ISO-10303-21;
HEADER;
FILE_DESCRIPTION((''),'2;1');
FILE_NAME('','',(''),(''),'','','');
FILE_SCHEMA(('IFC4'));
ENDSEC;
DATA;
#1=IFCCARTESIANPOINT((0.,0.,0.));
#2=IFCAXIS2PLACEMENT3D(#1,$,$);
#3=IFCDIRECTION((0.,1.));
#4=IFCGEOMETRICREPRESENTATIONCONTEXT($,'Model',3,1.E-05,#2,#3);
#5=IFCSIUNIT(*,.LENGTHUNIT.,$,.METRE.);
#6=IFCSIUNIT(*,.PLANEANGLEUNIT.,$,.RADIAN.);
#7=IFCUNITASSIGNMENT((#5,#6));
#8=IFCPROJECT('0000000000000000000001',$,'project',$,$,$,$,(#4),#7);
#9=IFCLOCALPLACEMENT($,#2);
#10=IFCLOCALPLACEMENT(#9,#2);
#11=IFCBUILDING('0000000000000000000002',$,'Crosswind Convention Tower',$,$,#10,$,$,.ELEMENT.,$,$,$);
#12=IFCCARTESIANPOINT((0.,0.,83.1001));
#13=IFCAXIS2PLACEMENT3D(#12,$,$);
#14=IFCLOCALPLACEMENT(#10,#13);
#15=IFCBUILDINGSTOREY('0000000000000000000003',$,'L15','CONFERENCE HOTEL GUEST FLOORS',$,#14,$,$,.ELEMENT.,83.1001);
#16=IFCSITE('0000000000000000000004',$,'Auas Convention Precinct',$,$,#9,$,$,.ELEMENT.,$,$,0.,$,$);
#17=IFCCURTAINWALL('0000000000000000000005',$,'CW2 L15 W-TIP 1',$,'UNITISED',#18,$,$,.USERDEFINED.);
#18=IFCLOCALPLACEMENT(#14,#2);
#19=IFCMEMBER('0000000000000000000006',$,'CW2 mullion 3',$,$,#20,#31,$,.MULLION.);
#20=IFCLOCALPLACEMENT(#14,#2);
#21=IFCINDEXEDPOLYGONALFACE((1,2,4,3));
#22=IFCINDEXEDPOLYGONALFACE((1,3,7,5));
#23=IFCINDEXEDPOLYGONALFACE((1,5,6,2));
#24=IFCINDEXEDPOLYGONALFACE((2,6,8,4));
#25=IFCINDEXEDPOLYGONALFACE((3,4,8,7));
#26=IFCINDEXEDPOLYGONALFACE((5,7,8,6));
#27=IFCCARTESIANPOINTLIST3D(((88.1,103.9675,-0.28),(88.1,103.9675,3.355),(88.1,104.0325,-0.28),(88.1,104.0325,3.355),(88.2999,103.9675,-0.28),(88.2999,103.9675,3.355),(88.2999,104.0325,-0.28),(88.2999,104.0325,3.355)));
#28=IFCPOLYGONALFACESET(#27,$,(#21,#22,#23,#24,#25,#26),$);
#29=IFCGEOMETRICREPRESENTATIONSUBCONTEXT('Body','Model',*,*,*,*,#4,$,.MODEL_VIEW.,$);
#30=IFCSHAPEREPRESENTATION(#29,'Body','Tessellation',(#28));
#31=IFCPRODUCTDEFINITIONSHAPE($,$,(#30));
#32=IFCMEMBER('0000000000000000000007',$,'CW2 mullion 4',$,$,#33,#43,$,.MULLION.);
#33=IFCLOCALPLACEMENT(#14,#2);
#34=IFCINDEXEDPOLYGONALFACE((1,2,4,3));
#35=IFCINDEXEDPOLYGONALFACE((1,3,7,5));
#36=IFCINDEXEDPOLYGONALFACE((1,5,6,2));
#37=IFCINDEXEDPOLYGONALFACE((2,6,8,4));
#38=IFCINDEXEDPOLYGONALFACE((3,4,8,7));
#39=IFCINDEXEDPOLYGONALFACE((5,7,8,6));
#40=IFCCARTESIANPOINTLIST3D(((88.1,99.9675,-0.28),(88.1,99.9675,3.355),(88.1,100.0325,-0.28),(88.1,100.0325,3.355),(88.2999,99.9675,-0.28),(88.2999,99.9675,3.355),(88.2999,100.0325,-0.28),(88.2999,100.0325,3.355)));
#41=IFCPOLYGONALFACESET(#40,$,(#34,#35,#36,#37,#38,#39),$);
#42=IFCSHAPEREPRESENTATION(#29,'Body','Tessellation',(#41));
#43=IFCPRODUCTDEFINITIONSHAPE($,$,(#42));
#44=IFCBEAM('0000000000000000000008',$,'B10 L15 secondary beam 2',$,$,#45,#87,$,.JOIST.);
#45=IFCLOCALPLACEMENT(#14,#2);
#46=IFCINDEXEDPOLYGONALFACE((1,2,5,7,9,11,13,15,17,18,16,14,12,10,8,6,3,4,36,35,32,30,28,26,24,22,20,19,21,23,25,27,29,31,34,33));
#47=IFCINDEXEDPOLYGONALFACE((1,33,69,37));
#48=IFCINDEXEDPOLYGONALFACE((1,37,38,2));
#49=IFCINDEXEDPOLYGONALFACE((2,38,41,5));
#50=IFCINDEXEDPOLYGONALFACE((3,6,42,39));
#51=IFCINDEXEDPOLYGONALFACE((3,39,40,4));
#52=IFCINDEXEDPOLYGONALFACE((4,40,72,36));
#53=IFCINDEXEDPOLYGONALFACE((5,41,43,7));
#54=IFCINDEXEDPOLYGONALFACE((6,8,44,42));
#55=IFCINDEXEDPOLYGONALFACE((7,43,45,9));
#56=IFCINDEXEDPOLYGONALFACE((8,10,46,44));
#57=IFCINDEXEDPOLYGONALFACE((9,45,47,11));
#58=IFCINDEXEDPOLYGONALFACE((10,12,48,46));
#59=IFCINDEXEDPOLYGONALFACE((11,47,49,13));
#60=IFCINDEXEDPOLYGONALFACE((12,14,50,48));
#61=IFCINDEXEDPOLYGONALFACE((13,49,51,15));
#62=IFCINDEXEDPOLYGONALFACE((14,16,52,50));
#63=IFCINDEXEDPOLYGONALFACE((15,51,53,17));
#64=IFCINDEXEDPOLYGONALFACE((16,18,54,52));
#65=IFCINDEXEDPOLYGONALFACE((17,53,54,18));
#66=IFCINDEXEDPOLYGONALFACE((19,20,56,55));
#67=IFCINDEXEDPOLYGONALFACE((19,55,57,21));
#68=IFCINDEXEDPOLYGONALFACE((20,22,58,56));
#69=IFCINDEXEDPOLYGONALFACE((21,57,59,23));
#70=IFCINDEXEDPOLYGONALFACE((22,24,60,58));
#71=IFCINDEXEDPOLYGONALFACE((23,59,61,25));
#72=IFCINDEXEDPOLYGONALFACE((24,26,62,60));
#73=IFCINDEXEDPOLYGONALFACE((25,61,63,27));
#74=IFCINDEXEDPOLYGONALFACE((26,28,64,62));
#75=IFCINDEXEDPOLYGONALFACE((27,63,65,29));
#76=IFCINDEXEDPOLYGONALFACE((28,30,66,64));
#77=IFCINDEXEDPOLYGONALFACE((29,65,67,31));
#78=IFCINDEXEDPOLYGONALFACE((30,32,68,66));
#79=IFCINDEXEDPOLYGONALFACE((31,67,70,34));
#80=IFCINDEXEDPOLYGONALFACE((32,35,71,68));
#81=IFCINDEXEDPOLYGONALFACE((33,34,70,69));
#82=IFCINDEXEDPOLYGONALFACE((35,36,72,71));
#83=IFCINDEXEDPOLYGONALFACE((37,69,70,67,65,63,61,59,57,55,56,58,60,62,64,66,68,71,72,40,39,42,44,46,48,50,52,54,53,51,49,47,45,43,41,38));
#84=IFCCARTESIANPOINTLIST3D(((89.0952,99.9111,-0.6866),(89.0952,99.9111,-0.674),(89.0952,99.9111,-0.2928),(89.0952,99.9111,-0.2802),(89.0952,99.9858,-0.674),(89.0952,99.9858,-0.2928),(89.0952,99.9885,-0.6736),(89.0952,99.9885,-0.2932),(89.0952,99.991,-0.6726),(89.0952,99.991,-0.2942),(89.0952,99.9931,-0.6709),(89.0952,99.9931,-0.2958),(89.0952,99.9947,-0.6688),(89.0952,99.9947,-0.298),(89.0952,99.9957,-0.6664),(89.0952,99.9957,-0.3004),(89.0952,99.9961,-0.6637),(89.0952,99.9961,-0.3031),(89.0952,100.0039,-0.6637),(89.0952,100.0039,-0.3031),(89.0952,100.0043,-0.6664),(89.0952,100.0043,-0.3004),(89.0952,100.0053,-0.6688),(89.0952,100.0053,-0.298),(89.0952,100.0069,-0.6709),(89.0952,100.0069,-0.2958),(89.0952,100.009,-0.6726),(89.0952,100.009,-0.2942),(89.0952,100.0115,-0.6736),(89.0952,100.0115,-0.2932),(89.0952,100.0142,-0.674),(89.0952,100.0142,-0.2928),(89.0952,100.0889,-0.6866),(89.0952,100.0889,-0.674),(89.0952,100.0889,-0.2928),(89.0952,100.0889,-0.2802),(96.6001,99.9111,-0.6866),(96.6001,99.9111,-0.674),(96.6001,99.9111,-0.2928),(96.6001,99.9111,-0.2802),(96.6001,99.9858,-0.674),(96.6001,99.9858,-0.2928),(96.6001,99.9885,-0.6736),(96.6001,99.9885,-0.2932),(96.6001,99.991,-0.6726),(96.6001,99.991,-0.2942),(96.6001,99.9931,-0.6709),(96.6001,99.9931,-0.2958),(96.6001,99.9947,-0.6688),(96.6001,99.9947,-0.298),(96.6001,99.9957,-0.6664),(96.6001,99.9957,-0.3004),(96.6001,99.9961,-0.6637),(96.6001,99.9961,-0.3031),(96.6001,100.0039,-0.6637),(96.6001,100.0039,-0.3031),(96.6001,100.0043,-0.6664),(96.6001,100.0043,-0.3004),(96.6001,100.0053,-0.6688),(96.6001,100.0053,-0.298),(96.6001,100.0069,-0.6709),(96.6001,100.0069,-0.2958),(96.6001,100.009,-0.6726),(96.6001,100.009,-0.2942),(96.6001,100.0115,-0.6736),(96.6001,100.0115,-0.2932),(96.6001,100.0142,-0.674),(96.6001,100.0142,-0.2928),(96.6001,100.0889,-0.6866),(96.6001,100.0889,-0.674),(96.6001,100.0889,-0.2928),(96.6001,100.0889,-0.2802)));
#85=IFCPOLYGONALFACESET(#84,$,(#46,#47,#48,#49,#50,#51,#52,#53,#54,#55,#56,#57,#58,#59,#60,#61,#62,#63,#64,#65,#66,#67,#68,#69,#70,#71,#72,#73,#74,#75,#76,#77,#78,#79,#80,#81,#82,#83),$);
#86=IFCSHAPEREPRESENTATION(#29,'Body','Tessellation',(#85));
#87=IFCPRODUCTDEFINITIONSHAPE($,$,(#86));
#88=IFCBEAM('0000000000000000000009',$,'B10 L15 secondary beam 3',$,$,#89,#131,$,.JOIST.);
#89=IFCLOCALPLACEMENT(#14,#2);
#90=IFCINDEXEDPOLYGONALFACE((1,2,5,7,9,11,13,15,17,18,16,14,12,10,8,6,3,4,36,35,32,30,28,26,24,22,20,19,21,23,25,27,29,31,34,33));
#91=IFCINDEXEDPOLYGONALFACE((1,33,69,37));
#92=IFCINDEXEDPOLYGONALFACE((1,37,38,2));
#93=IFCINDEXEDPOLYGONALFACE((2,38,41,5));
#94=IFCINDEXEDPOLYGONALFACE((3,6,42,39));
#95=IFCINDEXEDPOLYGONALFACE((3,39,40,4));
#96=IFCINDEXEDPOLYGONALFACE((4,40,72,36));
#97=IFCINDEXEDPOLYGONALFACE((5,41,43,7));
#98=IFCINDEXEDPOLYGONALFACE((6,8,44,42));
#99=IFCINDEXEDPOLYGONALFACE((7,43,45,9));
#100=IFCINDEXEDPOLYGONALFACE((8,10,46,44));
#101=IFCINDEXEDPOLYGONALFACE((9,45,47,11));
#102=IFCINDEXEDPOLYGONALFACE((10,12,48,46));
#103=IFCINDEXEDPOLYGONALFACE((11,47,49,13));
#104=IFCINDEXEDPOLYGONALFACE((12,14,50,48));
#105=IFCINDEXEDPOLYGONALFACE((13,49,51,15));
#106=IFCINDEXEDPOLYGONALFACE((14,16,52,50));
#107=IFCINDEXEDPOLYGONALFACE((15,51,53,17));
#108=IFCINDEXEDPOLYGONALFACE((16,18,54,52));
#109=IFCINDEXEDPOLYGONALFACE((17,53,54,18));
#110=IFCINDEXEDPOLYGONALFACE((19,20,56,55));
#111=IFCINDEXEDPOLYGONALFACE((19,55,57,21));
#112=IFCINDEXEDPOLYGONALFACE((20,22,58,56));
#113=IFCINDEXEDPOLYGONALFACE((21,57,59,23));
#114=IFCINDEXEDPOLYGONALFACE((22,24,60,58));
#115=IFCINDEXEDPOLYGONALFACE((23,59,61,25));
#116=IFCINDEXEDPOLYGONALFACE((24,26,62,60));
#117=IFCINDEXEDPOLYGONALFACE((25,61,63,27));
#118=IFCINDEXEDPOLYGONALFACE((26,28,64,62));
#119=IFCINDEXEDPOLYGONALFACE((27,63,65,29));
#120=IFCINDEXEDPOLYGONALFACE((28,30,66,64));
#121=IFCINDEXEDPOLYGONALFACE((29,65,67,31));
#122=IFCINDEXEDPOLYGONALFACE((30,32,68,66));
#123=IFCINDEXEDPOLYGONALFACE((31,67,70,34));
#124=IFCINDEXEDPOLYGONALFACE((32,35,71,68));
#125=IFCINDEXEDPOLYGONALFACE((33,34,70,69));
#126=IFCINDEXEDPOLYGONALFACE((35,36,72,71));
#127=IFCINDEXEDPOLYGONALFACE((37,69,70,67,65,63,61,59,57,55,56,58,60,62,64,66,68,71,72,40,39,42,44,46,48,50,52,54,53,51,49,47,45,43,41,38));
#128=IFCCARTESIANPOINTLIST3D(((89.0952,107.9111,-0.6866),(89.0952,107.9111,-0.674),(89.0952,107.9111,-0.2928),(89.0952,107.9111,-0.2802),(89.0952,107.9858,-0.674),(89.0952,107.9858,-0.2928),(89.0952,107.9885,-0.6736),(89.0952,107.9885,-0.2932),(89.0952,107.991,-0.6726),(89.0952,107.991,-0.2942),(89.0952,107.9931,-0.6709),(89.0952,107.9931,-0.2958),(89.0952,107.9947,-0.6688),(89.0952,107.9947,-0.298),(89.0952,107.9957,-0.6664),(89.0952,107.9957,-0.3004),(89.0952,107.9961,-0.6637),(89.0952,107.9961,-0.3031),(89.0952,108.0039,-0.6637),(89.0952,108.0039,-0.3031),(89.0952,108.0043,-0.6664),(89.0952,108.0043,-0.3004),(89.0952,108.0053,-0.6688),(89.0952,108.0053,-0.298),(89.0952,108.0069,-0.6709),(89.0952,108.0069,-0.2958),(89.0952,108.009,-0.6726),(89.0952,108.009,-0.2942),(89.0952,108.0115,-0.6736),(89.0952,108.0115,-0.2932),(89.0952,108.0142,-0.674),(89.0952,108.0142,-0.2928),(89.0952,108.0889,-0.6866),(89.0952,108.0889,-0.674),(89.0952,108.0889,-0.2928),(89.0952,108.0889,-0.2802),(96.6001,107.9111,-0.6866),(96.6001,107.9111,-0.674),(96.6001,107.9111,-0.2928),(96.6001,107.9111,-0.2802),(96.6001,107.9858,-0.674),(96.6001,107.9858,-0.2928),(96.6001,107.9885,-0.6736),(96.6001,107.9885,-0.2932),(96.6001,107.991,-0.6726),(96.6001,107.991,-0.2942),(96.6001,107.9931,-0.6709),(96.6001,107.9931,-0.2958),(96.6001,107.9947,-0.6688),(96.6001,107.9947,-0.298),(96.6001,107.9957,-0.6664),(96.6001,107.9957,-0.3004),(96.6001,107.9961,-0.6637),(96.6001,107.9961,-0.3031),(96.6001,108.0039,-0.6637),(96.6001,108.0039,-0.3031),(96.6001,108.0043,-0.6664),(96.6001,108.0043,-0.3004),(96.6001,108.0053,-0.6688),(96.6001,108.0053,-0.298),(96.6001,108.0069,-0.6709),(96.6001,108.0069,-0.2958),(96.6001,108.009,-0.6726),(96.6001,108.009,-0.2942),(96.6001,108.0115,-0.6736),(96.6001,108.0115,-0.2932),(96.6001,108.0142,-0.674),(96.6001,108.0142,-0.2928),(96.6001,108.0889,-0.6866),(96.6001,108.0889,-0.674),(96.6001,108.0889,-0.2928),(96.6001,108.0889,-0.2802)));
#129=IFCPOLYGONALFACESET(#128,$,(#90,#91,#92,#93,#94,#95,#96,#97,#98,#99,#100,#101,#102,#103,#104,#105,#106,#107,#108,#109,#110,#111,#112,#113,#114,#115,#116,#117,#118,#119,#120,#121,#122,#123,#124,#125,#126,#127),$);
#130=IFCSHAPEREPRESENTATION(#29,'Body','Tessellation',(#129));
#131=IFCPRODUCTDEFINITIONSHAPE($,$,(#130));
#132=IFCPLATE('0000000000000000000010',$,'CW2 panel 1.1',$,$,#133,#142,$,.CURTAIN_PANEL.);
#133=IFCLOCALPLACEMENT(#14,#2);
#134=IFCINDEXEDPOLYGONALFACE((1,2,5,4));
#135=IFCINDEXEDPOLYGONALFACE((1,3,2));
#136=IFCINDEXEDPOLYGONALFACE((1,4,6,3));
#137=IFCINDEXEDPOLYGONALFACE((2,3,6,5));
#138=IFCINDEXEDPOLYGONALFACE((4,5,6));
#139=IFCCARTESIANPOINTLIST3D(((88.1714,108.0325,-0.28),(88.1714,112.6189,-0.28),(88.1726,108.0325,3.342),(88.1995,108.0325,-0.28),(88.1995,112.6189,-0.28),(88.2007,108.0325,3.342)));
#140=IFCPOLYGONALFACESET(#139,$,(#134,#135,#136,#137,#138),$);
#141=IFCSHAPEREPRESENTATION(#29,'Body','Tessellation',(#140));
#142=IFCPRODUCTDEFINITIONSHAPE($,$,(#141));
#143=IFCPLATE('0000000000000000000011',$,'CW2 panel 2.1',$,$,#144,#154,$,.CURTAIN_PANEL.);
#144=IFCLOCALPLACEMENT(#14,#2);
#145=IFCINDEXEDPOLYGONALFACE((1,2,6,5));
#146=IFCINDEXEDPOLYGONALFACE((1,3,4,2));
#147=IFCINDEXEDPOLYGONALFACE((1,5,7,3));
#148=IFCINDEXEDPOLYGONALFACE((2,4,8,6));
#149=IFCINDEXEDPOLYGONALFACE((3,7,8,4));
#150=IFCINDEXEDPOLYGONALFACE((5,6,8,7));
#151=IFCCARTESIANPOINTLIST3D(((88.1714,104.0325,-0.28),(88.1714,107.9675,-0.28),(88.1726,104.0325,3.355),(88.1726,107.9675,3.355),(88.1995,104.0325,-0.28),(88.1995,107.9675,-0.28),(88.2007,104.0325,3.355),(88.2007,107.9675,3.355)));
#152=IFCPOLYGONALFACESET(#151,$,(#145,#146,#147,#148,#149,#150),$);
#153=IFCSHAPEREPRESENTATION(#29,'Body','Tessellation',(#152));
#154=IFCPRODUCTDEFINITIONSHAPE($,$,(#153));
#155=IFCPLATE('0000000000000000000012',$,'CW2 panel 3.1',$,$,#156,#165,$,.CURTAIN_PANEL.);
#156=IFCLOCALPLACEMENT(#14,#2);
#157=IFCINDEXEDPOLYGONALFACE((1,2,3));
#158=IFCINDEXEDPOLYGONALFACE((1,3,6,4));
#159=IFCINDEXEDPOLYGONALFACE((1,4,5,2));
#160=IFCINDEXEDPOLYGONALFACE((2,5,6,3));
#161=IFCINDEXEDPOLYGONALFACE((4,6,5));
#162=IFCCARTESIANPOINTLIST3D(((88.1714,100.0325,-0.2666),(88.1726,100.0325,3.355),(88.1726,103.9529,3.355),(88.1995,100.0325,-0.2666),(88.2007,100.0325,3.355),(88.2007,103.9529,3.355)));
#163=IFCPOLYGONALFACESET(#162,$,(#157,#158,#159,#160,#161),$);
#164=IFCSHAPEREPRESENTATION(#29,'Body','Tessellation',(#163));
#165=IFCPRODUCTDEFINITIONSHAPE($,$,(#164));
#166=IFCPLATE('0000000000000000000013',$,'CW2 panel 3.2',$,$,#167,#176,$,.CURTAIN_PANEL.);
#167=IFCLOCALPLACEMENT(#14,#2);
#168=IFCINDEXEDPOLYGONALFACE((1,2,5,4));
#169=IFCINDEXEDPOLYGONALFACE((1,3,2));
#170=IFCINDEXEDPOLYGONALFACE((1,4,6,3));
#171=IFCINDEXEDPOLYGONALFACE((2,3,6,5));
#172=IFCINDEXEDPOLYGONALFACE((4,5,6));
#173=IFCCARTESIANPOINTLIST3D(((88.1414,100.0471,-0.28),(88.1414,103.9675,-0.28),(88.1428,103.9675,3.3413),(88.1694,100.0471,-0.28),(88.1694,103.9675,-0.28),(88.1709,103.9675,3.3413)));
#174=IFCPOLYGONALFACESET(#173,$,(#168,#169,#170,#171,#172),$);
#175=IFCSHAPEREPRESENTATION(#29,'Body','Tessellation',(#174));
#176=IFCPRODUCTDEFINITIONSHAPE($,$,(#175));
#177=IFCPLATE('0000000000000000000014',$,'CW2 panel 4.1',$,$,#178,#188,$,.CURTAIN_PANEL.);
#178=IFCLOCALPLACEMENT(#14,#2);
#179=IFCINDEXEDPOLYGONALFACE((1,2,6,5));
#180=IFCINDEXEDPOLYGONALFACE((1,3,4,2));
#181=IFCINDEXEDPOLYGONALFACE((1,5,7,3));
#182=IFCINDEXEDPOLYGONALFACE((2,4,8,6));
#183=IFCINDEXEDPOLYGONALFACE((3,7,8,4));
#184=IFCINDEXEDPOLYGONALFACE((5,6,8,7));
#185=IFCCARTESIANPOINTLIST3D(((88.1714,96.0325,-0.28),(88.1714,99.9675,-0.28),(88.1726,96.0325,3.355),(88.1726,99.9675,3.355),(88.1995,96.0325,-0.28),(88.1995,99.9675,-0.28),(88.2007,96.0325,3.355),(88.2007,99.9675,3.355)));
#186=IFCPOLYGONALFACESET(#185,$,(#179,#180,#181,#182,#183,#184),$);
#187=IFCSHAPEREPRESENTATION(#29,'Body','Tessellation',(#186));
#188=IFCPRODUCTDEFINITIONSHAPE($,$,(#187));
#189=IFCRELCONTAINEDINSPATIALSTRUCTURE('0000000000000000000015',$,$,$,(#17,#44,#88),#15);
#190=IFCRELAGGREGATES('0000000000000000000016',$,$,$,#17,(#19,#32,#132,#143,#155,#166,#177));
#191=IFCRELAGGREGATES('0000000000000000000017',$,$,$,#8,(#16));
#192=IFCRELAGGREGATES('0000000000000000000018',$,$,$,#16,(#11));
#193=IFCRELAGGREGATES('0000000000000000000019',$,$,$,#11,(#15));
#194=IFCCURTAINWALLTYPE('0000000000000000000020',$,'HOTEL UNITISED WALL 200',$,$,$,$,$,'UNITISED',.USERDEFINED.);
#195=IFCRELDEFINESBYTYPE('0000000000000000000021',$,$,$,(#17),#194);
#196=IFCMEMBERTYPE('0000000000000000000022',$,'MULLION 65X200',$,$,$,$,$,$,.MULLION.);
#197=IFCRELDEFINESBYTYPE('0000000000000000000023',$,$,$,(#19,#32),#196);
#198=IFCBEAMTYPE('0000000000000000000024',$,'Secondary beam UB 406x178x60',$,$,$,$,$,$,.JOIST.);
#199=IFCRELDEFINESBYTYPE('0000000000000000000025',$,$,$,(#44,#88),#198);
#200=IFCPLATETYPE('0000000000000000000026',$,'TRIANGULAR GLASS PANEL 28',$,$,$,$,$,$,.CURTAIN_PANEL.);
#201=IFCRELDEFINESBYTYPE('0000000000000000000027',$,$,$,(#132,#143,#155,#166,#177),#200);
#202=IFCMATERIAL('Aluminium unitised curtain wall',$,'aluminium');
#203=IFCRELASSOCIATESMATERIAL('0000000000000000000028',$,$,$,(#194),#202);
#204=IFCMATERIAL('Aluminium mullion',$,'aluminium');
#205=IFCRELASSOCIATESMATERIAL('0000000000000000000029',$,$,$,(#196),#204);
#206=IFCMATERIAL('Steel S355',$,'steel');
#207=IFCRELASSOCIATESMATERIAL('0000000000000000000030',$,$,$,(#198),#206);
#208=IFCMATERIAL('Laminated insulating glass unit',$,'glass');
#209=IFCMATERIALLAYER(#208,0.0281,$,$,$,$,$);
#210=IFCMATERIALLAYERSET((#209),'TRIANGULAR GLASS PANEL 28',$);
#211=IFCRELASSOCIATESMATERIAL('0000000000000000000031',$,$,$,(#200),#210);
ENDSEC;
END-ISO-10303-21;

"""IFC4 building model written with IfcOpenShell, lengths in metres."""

from ifc_helpers import new_model, si_unit, direction, frame, origin, origin_2d, place, context, subcontext, project, spatial, polyline, rectangle, i_section, outline, extrude, material, layer, layer_set, material_profile, profile_set, type_object, element, aggregate, save


model = new_model("IFC4")

# Units and contexts
model_context = context("Model", 3, precision=1e-05, world=origin(), true_north=direction((0.0, 1.0)))
body_context = subcontext(model_context, "Body", "Model", "MODEL_VIEW")
ifc_project = project(units=[si_unit("LENGTHUNIT", "METRE"), si_unit("PLANEANGLEUNIT", "RADIAN")], contexts=[model_context])

# Site, building, storey
site_placement = place(None, origin())
site = spatial("IfcSite", under=ifc_project, at=site_placement, Name="Auas Convention Precinct", CompositionType="ELEMENT", RefElevation=0.0)
building_placement = place(site_placement, origin())
building = spatial("IfcBuilding", under=site, at=building_placement, Name="Crosswind Convention Tower", CompositionType="ELEMENT")
storey_placement = place(building_placement, frame((0.0, 0.0, 83.1001)))
storey = spatial("IfcBuildingStorey", under=building, at=storey_placement, Name="L15", Description="CONFERENCE HOTEL GUEST FLOORS", CompositionType="ELEMENT", Elevation=83.1001)

# Shared definitions
ifc_material_1 = material(Name="Steel S355", Category="steel")

# Curtain wall, members
ifc_material_2 = material(Name="Aluminium unitised curtain wall", Category="aluminium")
curtain_wall_type = type_object("IfcCurtainWallType", Name="HOTEL UNITISED WALL 200", ElementType="UNITISED", PredefinedType="USERDEFINED", material=ifc_material_2)
curtain_wall_placement = place(storey_placement, origin())
curtain_wall = element("IfcCurtainWall", 1, at=curtain_wall_placement, inside=storey, type_object=curtain_wall_type, Name="CW2 L15 W-TIP 1", ObjectType="UNITISED", PredefinedType="USERDEFINED")
ifc_material_3 = material(Name="Aluminium mullion", Category="aluminium")
ifc_material_profile_1 = material_profile(ifc_material_3, rectangle(XDim=0.2, YDim=0.0649, at=origin_2d()), Name="AL 200X65")
ifc_profile_set_1 = profile_set([ifc_material_profile_1], Name="Aluminium mullion")
member_type = type_object("IfcMemberType", Name="MULLION 65X200", PredefinedType="MULLION", material=ifc_profile_set_1)
member_1_placement = place(storey_placement, frame((88.2, 104.0, -0.28), z_axis=(0.0, 0.0, 1.0), x_axis=(-1.0, 0.0, 0.0)))
member_1 = element("IfcMember", 2, at=member_1_placement, type_object=member_type, Name="CW2 mullion 3", PredefinedType="MULLION", context=body_context, shape_type="SweptSolid", body=[
    extrude(rectangle(XDim=0.2, YDim=0.0649, at=origin_2d()), origin(), (0.0, 0.0, 1.0), 3.635),
])
member_2_placement = place(storey_placement, frame((88.2, 100.0, -0.28), z_axis=(0.0, 0.0, 1.0), x_axis=(-1.0, 0.0, 0.0)))
member_2 = element("IfcMember", 3, at=member_2_placement, type_object=member_type, Name="CW2 mullion 4", PredefinedType="MULLION", context=body_context, shape_type="SweptSolid", body=[
    extrude(rectangle(XDim=0.2, YDim=0.0649, at=origin_2d()), origin(), (0.0, 0.0, 1.0), 3.635),
])

# Beams
ifc_material_profile_2 = material_profile(ifc_material_1, i_section(OverallWidth=0.1777, OverallDepth=0.4065, WebThickness=0.0078, FlangeThickness=0.0127, FilletRadius=0.0103, at=origin_2d()), Name="UB 406x178x60")
ifc_profile_set_2 = profile_set([ifc_material_profile_2], Name="Steel S355")
beam_type_1 = type_object("IfcBeamType", Name="Secondary beam UB 406x178x60", PredefinedType="JOIST", material=ifc_profile_set_2)
for number, where, z_axis, x_axis, name in (
    (4, (89.0952, 100.0, -0.4834), (1.0, 0.0, 0.0), (0.0, 1.0, 0.0), "B10 L15 secondary beam 2"),
    (5, (89.0952, 108.0, -0.4834), (1.0, 0.0, 0.0), (0.0, 1.0, 0.0), "B10 L15 secondary beam 3"),
):
    element("IfcBeam", number, at=place(storey_placement, frame(where, z_axis=z_axis, x_axis=x_axis)), inside=storey, type_object=beam_type_1, Name=name, PredefinedType="JOIST", context=body_context, shape_type="SweptSolid", body=[
        extrude(i_section(OverallWidth=0.1777, OverallDepth=0.4065, WebThickness=0.0078, FlangeThickness=0.0127, FilletRadius=0.0103, at=origin_2d()), origin(), (0.0, 0.0, 1.0), 7.5049),
    ])

# Plates
ifc_material_4 = material(Name="Laminated insulating glass unit", Category="glass")
ifc_layer_1 = layer(ifc_material_4, 0.0281)
ifc_layer_set_1 = layer_set([ifc_layer_1], Name="TRIANGULAR GLASS PANEL 28")
plate_type = type_object("IfcPlateType", Name="TRIANGULAR GLASS PANEL 28", PredefinedType="CURTAIN_PANEL", material=ifc_layer_set_1)
plate_1_placement = place(storey_placement, frame((88.1714, 108.0325, -0.28), z_axis=(-1.0, 0.0, 0.000337), x_axis=(0.000337, 0.0, 1.0)))
plate_1 = element("IfcPlate", 6, at=plate_1_placement, type_object=plate_type, Name="CW2 panel 1.1", PredefinedType="CURTAIN_PANEL", context=body_context, shape_type="SweptSolid", body=[
    extrude(outline(polyline([(0.0, 0.0), (3.6221, 0.0), (0.0, 4.5864), (0.0, 0.0)])), origin(), (0.0, 0.0, -1.0), 0.0281),
])
plate_2_placement = place(storey_placement, frame((88.1714, 107.9675, -0.28), z_axis=(-1.0, 0.0, 0.000336), x_axis=(0.0, -1.0, 0.0)))
plate_2 = element("IfcPlate", 7, at=plate_2_placement, type_object=plate_type, Name="CW2 panel 2.1", PredefinedType="CURTAIN_PANEL", context=body_context, shape_type="SweptSolid", body=[
    extrude(outline(polyline([(0.0, 0.0), (3.9351, 0.0), (3.9351, 3.635), (0.0, 3.635), (0.0, 0.0)])), origin(), (0.0, 0.0, -1.0), 0.0281),
])
plate_3_placement = place(storey_placement, frame((88.1726, 100.0325, 3.355), z_axis=(-1.0, 0.0, 0.000337), x_axis=(0.0, 1.0, 0.0)))
plate_3 = element("IfcPlate", 8, at=plate_3_placement, type_object=plate_type, Name="CW2 panel 3.1", PredefinedType="CURTAIN_PANEL", context=body_context, shape_type="SweptSolid", body=[
    extrude(outline(polyline([(0.0, 0.0), (3.9204, 0.0), (0.0, 3.6216), (0.0, 0.0)])), origin(), (0.0, 0.0, -1.0), 0.0281),
])
plate_4_placement = place(storey_placement, frame((88.1414, 103.9675, -0.28), z_axis=(-1.0, 0.0, 0.000405), x_axis=(0.0, -1.0, 0.0)))
plate_4 = element("IfcPlate", 9, at=plate_4_placement, type_object=plate_type, Name="CW2 panel 3.2", PredefinedType="CURTAIN_PANEL", context=body_context, shape_type="SweptSolid", body=[
    extrude(outline(polyline([(0.0, 0.0), (3.9204, 0.0), (0.0, 3.6213), (0.0, 0.0)])), origin(), (0.0, 0.0, -1.0), 0.0281),
])
plate_5_placement = place(storey_placement, frame((88.1714, 99.9675, -0.28), z_axis=(-1.0, 0.0, 0.000336), x_axis=(0.0, -1.0, 0.0)))
plate_5 = element("IfcPlate", 10, at=plate_5_placement, type_object=plate_type, Name="CW2 panel 4.1", PredefinedType="CURTAIN_PANEL", context=body_context, shape_type="SweptSolid", body=[
    extrude(outline(polyline([(0.0, 0.0), (3.9351, 0.0), (3.9351, 3.635), (0.0, 3.635), (0.0, 0.0)])), origin(), (0.0, 0.0, -1.0), 0.0281),
])
aggregate(curtain_wall, [member_1, member_2, plate_1, plate_2, plate_3, plate_4, plate_5])

save(model, "model.ifc")
